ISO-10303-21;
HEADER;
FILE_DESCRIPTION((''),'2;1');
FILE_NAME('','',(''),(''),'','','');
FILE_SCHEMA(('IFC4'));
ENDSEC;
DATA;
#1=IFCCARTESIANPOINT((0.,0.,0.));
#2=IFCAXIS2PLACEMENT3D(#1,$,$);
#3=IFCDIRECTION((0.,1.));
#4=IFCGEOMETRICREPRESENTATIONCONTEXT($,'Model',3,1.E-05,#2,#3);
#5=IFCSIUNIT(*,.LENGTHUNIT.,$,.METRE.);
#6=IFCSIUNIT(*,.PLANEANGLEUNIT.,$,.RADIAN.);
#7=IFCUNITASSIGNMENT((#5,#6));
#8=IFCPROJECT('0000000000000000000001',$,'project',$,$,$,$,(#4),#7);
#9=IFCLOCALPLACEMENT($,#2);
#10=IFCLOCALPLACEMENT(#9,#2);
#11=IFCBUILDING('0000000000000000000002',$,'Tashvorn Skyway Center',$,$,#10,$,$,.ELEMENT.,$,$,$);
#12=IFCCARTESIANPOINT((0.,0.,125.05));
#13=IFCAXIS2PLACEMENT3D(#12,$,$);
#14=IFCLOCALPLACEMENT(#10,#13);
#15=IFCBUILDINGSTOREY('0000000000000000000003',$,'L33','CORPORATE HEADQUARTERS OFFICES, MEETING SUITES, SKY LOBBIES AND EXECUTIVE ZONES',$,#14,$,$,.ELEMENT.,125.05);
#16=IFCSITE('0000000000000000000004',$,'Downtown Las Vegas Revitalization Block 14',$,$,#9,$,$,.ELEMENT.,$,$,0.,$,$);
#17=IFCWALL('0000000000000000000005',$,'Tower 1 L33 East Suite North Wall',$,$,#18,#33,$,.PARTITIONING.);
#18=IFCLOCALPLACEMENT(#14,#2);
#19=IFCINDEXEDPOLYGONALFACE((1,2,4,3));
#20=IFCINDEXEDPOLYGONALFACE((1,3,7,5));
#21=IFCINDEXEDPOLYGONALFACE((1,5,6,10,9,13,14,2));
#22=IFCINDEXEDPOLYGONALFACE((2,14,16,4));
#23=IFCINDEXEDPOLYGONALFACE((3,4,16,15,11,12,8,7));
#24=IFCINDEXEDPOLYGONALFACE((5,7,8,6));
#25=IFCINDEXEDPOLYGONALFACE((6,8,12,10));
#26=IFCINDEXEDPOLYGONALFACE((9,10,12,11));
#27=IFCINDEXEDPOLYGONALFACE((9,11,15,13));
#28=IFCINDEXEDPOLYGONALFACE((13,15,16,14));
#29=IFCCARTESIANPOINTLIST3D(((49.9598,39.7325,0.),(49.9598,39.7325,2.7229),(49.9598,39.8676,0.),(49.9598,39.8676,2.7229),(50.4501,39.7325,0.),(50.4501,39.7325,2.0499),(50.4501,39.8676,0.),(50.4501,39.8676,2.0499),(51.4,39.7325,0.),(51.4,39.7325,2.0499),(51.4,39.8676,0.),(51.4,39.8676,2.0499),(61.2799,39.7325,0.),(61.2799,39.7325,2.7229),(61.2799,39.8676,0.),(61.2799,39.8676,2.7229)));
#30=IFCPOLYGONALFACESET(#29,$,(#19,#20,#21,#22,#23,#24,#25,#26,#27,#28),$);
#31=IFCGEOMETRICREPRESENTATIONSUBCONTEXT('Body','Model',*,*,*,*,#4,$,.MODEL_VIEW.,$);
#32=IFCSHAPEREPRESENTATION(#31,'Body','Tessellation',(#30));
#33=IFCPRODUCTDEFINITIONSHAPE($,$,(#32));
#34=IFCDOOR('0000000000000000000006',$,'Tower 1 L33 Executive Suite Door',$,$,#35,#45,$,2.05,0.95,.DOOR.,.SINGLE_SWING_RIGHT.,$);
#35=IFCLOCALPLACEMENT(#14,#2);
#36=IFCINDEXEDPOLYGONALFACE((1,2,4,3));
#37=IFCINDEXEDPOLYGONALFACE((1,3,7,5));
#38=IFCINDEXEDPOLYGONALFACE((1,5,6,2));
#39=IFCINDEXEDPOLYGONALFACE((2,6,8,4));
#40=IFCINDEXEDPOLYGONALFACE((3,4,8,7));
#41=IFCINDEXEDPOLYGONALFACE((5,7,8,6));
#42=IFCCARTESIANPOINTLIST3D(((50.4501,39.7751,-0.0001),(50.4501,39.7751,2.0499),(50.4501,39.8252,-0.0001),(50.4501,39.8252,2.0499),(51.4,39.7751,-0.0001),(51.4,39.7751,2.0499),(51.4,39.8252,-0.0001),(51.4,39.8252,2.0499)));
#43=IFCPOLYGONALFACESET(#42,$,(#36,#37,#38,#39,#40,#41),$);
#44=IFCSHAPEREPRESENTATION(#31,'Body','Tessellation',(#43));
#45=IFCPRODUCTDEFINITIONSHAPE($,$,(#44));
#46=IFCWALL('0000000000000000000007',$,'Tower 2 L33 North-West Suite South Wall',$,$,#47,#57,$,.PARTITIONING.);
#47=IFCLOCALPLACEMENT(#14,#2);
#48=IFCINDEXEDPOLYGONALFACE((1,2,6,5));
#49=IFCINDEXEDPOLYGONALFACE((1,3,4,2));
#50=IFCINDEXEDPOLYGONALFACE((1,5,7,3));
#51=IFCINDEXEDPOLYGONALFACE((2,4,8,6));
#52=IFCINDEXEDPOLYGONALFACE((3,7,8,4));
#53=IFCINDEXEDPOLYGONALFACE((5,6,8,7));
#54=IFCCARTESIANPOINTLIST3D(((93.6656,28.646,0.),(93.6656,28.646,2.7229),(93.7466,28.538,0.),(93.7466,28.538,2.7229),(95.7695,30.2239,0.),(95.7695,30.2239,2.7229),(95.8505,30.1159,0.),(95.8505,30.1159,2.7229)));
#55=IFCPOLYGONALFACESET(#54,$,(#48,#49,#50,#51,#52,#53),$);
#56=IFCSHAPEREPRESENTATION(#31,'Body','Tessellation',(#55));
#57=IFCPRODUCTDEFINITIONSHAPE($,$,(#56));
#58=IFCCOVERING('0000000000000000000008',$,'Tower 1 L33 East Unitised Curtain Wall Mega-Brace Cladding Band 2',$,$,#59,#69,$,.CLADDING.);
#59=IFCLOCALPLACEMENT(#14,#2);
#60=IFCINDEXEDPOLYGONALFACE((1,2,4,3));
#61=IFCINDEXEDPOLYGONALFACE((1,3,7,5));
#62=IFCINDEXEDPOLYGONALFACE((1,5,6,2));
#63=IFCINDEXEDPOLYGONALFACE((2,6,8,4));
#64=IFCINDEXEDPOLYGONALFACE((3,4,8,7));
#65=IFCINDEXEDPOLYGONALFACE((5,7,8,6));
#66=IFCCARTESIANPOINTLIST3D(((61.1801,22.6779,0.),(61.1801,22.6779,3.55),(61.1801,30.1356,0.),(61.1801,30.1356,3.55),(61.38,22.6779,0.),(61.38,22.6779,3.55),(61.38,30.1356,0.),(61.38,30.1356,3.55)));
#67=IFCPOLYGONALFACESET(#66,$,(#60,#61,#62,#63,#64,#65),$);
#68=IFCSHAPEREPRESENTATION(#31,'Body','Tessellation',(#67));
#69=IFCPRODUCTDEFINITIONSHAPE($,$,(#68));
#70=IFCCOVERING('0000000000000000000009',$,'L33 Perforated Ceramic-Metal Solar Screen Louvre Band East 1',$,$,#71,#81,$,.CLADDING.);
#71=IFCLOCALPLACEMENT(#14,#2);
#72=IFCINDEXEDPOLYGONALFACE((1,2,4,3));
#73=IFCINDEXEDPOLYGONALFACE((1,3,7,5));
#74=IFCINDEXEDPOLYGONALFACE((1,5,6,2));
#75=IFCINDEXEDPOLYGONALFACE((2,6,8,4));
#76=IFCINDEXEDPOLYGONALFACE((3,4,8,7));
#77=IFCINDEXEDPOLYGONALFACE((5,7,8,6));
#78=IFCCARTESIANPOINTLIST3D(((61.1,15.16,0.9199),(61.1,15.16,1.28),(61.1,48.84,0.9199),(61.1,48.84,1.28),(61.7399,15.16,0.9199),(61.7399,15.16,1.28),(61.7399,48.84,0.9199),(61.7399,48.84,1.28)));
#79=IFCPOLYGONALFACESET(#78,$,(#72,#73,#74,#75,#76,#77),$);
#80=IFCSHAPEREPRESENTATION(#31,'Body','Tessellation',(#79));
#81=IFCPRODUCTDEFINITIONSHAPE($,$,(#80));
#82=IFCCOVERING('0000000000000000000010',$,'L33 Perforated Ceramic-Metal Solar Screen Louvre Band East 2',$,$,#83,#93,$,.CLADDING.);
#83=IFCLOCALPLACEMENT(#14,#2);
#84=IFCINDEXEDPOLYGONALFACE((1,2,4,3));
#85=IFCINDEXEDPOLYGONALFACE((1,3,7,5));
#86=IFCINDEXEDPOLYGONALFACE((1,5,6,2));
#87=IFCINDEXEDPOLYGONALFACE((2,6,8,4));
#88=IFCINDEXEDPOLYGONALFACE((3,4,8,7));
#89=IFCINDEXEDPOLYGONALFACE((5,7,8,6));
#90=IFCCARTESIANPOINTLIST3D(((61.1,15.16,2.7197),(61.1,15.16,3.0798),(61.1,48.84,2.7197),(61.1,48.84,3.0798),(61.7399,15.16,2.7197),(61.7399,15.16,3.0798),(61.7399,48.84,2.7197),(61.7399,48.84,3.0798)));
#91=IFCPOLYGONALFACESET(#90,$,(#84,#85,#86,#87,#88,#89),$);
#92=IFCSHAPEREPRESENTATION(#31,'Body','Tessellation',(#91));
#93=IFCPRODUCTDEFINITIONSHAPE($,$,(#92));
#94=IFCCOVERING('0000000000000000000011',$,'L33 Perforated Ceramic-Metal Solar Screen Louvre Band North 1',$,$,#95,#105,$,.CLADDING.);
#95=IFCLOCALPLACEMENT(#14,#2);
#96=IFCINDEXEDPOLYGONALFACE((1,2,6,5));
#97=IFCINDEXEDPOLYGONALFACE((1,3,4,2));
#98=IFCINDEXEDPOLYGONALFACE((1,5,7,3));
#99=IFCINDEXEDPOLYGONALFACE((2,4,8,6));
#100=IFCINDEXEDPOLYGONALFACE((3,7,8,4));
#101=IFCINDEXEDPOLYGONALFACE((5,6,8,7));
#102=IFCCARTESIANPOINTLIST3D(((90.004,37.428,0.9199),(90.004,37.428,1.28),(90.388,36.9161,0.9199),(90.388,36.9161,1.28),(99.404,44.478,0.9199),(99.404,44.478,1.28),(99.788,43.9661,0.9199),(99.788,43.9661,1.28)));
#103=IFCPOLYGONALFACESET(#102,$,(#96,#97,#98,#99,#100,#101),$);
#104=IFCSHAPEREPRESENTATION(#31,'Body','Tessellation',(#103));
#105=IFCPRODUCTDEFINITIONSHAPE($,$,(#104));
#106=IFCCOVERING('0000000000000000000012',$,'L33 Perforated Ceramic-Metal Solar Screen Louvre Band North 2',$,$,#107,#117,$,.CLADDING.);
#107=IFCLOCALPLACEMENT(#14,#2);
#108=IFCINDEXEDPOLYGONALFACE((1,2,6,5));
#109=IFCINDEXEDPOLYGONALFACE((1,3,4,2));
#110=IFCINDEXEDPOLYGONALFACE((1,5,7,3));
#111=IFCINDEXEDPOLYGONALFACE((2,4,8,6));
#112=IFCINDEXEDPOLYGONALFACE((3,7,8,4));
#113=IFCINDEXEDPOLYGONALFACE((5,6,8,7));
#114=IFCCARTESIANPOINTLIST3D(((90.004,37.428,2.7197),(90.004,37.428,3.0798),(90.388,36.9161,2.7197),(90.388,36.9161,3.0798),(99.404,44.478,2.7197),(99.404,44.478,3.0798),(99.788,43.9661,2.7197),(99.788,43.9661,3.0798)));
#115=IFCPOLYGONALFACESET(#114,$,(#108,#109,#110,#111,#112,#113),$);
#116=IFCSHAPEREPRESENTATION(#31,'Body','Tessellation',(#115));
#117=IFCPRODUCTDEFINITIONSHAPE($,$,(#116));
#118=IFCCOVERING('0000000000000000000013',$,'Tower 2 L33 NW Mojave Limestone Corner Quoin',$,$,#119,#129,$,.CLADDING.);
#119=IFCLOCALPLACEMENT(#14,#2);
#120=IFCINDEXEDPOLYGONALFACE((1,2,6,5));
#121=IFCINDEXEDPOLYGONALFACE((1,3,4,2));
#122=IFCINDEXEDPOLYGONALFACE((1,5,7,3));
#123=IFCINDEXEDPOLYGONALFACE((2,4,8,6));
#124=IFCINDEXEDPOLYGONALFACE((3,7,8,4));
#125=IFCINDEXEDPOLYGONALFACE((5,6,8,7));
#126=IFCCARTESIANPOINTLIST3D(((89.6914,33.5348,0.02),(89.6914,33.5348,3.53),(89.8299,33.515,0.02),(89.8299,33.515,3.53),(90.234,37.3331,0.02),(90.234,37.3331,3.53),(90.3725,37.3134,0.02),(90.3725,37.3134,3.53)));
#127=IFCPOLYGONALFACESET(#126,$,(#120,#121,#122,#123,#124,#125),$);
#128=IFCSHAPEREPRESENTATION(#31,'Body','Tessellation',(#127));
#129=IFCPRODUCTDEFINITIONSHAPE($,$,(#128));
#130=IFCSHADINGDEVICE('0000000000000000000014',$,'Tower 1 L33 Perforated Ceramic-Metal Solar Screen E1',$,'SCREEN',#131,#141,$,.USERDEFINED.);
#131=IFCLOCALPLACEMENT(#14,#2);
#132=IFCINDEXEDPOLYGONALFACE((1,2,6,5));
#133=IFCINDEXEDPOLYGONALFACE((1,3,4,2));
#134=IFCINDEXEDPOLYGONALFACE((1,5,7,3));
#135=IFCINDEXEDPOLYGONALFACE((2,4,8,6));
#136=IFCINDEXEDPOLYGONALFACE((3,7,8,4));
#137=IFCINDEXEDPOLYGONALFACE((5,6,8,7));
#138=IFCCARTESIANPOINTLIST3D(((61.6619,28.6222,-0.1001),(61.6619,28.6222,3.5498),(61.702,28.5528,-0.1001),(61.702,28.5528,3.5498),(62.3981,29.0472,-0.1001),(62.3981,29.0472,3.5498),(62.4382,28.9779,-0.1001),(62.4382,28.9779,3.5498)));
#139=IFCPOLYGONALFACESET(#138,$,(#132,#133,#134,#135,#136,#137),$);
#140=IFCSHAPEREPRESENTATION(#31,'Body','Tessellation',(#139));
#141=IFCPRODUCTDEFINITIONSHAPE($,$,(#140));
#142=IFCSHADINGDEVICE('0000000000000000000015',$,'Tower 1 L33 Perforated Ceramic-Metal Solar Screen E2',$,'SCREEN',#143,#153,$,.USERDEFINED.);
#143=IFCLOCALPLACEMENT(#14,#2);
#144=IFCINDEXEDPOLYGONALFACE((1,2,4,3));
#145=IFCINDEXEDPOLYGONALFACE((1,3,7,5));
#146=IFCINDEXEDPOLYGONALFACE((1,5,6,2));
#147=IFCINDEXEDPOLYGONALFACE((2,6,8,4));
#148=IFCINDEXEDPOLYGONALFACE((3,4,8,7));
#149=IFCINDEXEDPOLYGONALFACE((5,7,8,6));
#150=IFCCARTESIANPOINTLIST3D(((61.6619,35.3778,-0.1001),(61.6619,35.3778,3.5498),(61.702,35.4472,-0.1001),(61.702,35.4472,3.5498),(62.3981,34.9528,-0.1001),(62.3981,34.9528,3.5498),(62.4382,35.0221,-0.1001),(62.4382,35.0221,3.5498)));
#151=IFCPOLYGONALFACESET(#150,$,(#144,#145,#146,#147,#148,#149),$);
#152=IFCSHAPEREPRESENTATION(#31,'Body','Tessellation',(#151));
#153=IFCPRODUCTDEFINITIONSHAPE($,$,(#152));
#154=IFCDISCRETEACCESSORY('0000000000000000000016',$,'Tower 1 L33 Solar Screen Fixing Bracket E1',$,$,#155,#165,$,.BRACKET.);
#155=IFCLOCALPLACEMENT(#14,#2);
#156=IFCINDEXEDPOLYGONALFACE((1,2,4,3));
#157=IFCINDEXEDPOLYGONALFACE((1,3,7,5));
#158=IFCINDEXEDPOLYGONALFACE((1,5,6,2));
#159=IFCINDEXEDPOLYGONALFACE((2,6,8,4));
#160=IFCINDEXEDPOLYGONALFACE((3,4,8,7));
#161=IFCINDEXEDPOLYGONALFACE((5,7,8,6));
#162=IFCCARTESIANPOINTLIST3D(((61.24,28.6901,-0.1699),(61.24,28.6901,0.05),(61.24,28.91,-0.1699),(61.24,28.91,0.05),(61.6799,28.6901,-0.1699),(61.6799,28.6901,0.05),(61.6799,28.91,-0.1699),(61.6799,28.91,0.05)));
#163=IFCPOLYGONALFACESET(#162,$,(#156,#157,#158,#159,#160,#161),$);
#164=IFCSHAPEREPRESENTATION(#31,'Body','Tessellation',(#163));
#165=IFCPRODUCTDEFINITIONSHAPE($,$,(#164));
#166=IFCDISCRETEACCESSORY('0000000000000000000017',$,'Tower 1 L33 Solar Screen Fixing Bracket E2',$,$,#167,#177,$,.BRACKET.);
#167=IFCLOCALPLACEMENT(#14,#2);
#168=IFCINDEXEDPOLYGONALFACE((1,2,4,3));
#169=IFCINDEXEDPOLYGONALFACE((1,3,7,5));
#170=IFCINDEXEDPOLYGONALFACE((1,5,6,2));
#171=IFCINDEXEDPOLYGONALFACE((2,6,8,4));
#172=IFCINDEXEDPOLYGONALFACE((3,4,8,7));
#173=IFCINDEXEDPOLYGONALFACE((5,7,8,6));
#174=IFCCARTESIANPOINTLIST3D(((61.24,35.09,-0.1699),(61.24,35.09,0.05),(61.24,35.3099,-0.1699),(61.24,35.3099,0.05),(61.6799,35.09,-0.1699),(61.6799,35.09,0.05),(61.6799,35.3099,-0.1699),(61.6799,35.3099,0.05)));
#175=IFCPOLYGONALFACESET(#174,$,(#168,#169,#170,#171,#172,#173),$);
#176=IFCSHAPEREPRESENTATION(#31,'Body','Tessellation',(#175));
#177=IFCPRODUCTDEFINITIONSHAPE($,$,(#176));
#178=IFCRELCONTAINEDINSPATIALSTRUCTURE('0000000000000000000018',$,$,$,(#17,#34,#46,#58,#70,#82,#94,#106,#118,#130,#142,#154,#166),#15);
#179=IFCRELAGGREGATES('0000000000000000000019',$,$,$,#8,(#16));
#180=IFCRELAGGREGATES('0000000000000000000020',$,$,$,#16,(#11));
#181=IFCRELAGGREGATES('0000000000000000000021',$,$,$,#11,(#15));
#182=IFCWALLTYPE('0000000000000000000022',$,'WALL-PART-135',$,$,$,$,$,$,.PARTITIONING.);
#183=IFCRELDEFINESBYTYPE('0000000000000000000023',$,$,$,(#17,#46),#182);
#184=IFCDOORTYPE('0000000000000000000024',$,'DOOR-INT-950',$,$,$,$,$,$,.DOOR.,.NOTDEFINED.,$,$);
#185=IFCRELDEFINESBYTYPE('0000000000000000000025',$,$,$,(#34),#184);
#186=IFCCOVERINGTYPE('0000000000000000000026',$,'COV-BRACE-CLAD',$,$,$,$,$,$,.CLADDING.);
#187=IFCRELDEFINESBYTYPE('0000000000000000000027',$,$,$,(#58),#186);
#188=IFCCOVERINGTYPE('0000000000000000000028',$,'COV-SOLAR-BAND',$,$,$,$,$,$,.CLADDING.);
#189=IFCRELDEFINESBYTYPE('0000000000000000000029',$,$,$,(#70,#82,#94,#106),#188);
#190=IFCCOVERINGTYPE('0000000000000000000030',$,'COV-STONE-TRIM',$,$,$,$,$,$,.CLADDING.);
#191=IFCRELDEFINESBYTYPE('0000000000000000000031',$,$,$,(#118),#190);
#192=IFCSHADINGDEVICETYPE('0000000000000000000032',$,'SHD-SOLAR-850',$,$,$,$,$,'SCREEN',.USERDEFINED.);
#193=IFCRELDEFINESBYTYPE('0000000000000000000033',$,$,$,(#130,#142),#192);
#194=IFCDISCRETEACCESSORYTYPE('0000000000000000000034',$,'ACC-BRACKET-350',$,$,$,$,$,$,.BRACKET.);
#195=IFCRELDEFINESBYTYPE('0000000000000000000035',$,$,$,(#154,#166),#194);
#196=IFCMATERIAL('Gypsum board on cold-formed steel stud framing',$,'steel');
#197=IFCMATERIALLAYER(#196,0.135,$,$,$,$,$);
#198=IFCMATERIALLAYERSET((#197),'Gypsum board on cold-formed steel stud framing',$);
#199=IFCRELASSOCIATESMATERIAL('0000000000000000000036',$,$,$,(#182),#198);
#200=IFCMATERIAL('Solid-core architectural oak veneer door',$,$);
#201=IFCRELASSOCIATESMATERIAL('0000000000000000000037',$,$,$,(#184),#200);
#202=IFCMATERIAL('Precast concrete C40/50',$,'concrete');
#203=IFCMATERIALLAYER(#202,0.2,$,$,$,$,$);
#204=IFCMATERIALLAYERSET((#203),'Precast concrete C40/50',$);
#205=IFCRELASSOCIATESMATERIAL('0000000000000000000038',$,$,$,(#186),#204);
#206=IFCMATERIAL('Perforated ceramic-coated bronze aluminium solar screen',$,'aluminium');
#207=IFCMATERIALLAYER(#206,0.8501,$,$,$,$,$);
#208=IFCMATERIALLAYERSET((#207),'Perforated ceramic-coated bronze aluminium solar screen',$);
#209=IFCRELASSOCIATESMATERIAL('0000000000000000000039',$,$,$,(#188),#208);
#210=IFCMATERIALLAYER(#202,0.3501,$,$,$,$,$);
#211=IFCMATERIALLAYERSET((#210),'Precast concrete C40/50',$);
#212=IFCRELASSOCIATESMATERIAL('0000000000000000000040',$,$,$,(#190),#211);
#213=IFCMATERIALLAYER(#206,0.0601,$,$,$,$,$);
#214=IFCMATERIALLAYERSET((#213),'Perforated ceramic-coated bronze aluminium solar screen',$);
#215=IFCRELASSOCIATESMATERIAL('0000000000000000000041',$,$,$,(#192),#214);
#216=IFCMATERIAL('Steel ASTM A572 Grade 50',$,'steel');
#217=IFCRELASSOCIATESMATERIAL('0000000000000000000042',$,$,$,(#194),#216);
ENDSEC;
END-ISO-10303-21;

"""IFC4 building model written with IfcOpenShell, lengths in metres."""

from ifc_helpers import new_model, si_unit, direction, frame, frame_2d, origin, origin_2d, place, context, subcontext, project, spatial, rectangle, extrude, material, layer, layer_set, type_object, element, fill, save


model = new_model("IFC4")

# Units and contexts
model_context = context("Model", 3, precision=1e-05, world=origin(), true_north=direction((0.0, 1.0)))
body_context = subcontext(model_context, "Body", "Model", "MODEL_VIEW")
ifc_project = project(units=[si_unit("LENGTHUNIT", "METRE"), si_unit("PLANEANGLEUNIT", "RADIAN")], contexts=[model_context])

# Site, building, storey
site_placement = place(None, origin())
site = spatial("IfcSite", under=ifc_project, at=site_placement, Name="Downtown Las Vegas Revitalization Block 14", CompositionType="ELEMENT", RefElevation=0.0)
building_placement = place(site_placement, origin())
building = spatial("IfcBuilding", under=site, at=building_placement, Name="Tashvorn Skyway Center", CompositionType="ELEMENT")
storey_placement = place(building_placement, frame((0.0, 0.0, 125.05)))
storey = spatial("IfcBuildingStorey", under=building, at=storey_placement, Name="L33", Description="CORPORATE HEADQUARTERS OFFICES, MEETING SUITES, SKY LOBBIES AND EXECUTIVE ZONES", CompositionType="ELEMENT", Elevation=125.05)

# Shared definitions
ifc_material_1 = material(Name="Steel ASTM A572 Grade 50", Category="steel")

# Shared definitions
ifc_material_2 = material(Name="Precast concrete C40/50", Category="concrete")

# Wall, opening, door
ifc_material_3 = material(Name="Gypsum board on cold-formed steel stud framing", Category="steel")
ifc_layer_1 = layer(ifc_material_3, 0.135)
ifc_layer_set_1 = layer_set([ifc_layer_1], Name="Gypsum board on cold-formed steel stud framing")
wall_type_1 = type_object("IfcWallType", Name="WALL-PART-135", PredefinedType="PARTITIONING", material=ifc_layer_set_1)
wall_1_placement = place(storey_placement, frame((61.28, 39.8, 0.0), z_axis=(0.0, 0.0, 1.0), x_axis=(-1.0, 0.0, 0.0)))
wall_1 = element("IfcWall", 1, at=wall_1_placement, inside=storey, type_object=wall_type_1, Name="Tower 1 L33 East Suite North Wall", PredefinedType="PARTITIONING", context=body_context, shape_type="SweptSolid", body=[
    extrude(rectangle(XDim=11.3201, YDim=0.135, at=frame_2d((5.6602, 0.0))), origin(), (0.0, 0.0, 1.0), 2.7229),
])
opening_placement = place(wall_1_placement, frame((9.8799, 0.0, 0.0)))
opening = element("IfcOpeningElement", 2, at=opening_placement, cuts=wall_1, PredefinedType="OPENING", context=body_context, shape_type="SweptSolid", body=[
    extrude(rectangle(XDim=0.95, YDim=2.05, at=frame_2d((0.4751, 1.0249))), frame((0.0, 0.0774, 0.0), z_axis=(0.0, -1.0, 0.0), x_axis=(1.0, 0.0, 0.0)), (0.0, 0.0, 1.0), 0.155),
])
ifc_material_4 = material(Name="Solid-core architectural oak veneer door")
door_type = type_object("IfcDoorType", Name="DOOR-INT-950", OperationType="NOTDEFINED", PredefinedType="DOOR", material=ifc_material_4)
door_placement = place(opening_placement, origin())
door = element("IfcDoor", 3, at=door_placement, inside=storey, type_object=door_type, Name="Tower 1 L33 Executive Suite Door", OperationType="SINGLE_SWING_RIGHT", OverallHeight=2.05, OverallWidth=0.95, PredefinedType="DOOR", context=body_context, shape_type="SweptSolid", body=[
    extrude(rectangle(XDim=0.95, YDim=2.05, at=frame_2d((0.4751, 1.0249))), frame((0.0, 0.0249, 0.0), z_axis=(0.0, -1.0, 0.0), x_axis=(1.0, 0.0, 0.0)), (0.0, 0.0, 1.0), 0.05),
])
fill(opening, door)

# Wall
wall_2_placement = place(storey_placement, frame((93.7061, 28.592, 0.0), z_axis=(0.0, 0.0, 1.0), x_axis=(0.800022, 0.59997, 0.0)))
element("IfcWall", 4, at=wall_2_placement, inside=storey, type_object=wall_type_1, Name="Tower 2 L33 North-West Suite South Wall", PredefinedType="PARTITIONING", context=body_context, shape_type="SweptSolid", body=[
    extrude(rectangle(XDim=2.6299, YDim=0.135, at=frame_2d((1.3149, 0.0))), origin(), (0.0, 0.0, 1.0), 2.7229),
])

# Coverings
ifc_layer_2 = layer(ifc_material_2, 0.2)
ifc_layer_set_2 = layer_set([ifc_layer_2], Name="Precast concrete C40/50")
covering_type_1 = type_object("IfcCoveringType", Name="COV-BRACE-CLAD", PredefinedType="CLADDING", material=ifc_layer_set_2)
covering_1_placement = place(storey_placement, frame((61.28, 26.4067, 0.0), z_axis=(0.0, 0.0, 1.0), x_axis=(0.0, -1.0, 0.0)))
element("IfcCovering", 5, at=covering_1_placement, inside=storey, type_object=covering_type_1, Name="Tower 1 L33 East Unitised Curtain Wall Mega-Brace Cladding Band 2", PredefinedType="CLADDING", context=body_context, shape_type="SweptSolid", body=[
    extrude(rectangle(XDim=7.4578, YDim=0.2, at=origin_2d()), origin(), (0.0, 0.0, 1.0), 3.55),
])
ifc_material_5 = material(Name="Perforated ceramic-coated bronze aluminium solar screen", Category="aluminium")
ifc_layer_3 = layer(ifc_material_5, 0.8501)
ifc_layer_set_3 = layer_set([ifc_layer_3], Name="Perforated ceramic-coated bronze aluminium solar screen")
covering_type_2 = type_object("IfcCoveringType", Name="COV-SOLAR-BAND", PredefinedType="CLADDING", material=ifc_layer_set_3)
for number, where, z_axis, x_axis, name in (
    (6, (61.4199, 32.0, 0.9199), (0.0, 0.0, 1.0), (0.0, -1.0, 0.0), "L33 Perforated Ceramic-Metal Solar Screen Louvre Band East 1"),
    (7, (61.4199, 32.0, 2.7197), (0.0, 0.0, 1.0), (0.0, -1.0, 0.0), "L33 Perforated Ceramic-Metal Solar Screen Louvre Band East 2"),
):
    element("IfcCovering", number, at=place(storey_placement, frame(where, z_axis=z_axis, x_axis=x_axis)), inside=storey, type_object=covering_type_2, Name=name, PredefinedType="CLADDING", context=body_context, shape_type="SweptSolid", body=[
        extrude(rectangle(XDim=33.6799, YDim=0.6399, at=origin_2d()), origin(), (0.0, 0.0, 1.0), 0.3601),
    ])
for number, where, z_axis, x_axis, name in (
    (8, (94.896, 40.697, 0.9199), (0.0, 0.0, 1.0), (0.8, 0.6, 0.0), "L33 Perforated Ceramic-Metal Solar Screen Louvre Band North 1"),
    (9, (94.896, 40.697, 2.7197), (0.0, 0.0, 1.0), (0.8, 0.6, 0.0), "L33 Perforated Ceramic-Metal Solar Screen Louvre Band North 2"),
):
    element("IfcCovering", number, at=place(storey_placement, frame(where, z_axis=z_axis, x_axis=x_axis)), inside=storey, type_object=covering_type_2, Name=name, PredefinedType="CLADDING", context=body_context, shape_type="SweptSolid", body=[
        extrude(rectangle(XDim=11.75, YDim=0.6399, at=origin_2d()), origin(), (0.0, 0.0, 1.0), 0.3601),
    ])
ifc_layer_4 = layer(ifc_material_2, 0.3501)
ifc_layer_set_4 = layer_set([ifc_layer_4], Name="Precast concrete C40/50")
covering_type_3 = type_object("IfcCoveringType", Name="COV-STONE-TRIM", PredefinedType="CLADDING", material=ifc_layer_set_4)
covering_2_placement = place(storey_placement, frame((90.032, 35.4241, 0.02), z_axis=(0.0, 0.0, 1.0), x_axis=(-0.141421, -0.989949, 0.0)))
element("IfcCovering", 10, at=covering_2_placement, inside=storey, type_object=covering_type_3, Name="Tower 2 L33 NW Mojave Limestone Corner Quoin", PredefinedType="CLADDING", context=body_context, shape_type="SweptSolid", body=[
    extrude(rectangle(XDim=3.8369, YDim=0.1399, at=origin_2d()), origin(), (0.0, 0.0, 1.0), 3.51),
])

# Shading devices
ifc_layer_5 = layer(ifc_material_5, 0.0601)
ifc_layer_set_5 = layer_set([ifc_layer_5], Name="Perforated ceramic-coated bronze aluminium solar screen")
shading_device_type = type_object("IfcShadingDeviceType", Name="SHD-SOLAR-850", ElementType="SCREEN", PredefinedType="USERDEFINED", material=ifc_layer_set_5)
for number, where, z_axis, x_axis, name in (
    (11, (62.05, 28.8, -0.1001), (0.0, 0.0, 1.0), (0.5, -0.866025, 0.0), "Tower 1 L33 Perforated Ceramic-Metal Solar Screen E1"),
    (12, (62.05, 35.2, -0.1001), (0.0, 0.0, 1.0), (-0.5, -0.866025, 0.0), "Tower 1 L33 Perforated Ceramic-Metal Solar Screen E2"),
):
    element("IfcShadingDevice", number, at=place(storey_placement, frame(where, z_axis=z_axis, x_axis=x_axis)), inside=storey, type_object=shading_device_type, Name=name, ObjectType="SCREEN", PredefinedType="USERDEFINED", context=body_context, shape_type="SweptSolid", body=[
        extrude(rectangle(XDim=0.0801, YDim=0.8501, at=origin_2d()), origin(), (0.0, 0.0, 1.0), 3.6499),
    ])

# Discrete accessories
discrete_accessory_type = type_object("IfcDiscreteAccessoryType", Name="ACC-BRACKET-350", PredefinedType="BRACKET", material=ifc_material_1)
for number, where, z_axis, x_axis, name in (
    (13, (61.46, 28.8, -0.1699), (0.0, 0.0, 1.0), (0.0, -1.0, 0.0), "Tower 1 L33 Solar Screen Fixing Bracket E1"),
    (14, (61.46, 35.2, -0.1699), (0.0, 0.0, 1.0), (0.0, -1.0, 0.0), "Tower 1 L33 Solar Screen Fixing Bracket E2"),
):
    element("IfcDiscreteAccessory", number, at=place(storey_placement, frame(where, z_axis=z_axis, x_axis=x_axis)), inside=storey, type_object=discrete_accessory_type, Name=name, PredefinedType="BRACKET", context=body_context, shape_type="SweptSolid", body=[
        extrude(rectangle(XDim=0.22, YDim=0.4399, at=origin_2d()), origin(), (0.0, 0.0, 1.0), 0.22),
    ])

save(model, "model.ifc")
